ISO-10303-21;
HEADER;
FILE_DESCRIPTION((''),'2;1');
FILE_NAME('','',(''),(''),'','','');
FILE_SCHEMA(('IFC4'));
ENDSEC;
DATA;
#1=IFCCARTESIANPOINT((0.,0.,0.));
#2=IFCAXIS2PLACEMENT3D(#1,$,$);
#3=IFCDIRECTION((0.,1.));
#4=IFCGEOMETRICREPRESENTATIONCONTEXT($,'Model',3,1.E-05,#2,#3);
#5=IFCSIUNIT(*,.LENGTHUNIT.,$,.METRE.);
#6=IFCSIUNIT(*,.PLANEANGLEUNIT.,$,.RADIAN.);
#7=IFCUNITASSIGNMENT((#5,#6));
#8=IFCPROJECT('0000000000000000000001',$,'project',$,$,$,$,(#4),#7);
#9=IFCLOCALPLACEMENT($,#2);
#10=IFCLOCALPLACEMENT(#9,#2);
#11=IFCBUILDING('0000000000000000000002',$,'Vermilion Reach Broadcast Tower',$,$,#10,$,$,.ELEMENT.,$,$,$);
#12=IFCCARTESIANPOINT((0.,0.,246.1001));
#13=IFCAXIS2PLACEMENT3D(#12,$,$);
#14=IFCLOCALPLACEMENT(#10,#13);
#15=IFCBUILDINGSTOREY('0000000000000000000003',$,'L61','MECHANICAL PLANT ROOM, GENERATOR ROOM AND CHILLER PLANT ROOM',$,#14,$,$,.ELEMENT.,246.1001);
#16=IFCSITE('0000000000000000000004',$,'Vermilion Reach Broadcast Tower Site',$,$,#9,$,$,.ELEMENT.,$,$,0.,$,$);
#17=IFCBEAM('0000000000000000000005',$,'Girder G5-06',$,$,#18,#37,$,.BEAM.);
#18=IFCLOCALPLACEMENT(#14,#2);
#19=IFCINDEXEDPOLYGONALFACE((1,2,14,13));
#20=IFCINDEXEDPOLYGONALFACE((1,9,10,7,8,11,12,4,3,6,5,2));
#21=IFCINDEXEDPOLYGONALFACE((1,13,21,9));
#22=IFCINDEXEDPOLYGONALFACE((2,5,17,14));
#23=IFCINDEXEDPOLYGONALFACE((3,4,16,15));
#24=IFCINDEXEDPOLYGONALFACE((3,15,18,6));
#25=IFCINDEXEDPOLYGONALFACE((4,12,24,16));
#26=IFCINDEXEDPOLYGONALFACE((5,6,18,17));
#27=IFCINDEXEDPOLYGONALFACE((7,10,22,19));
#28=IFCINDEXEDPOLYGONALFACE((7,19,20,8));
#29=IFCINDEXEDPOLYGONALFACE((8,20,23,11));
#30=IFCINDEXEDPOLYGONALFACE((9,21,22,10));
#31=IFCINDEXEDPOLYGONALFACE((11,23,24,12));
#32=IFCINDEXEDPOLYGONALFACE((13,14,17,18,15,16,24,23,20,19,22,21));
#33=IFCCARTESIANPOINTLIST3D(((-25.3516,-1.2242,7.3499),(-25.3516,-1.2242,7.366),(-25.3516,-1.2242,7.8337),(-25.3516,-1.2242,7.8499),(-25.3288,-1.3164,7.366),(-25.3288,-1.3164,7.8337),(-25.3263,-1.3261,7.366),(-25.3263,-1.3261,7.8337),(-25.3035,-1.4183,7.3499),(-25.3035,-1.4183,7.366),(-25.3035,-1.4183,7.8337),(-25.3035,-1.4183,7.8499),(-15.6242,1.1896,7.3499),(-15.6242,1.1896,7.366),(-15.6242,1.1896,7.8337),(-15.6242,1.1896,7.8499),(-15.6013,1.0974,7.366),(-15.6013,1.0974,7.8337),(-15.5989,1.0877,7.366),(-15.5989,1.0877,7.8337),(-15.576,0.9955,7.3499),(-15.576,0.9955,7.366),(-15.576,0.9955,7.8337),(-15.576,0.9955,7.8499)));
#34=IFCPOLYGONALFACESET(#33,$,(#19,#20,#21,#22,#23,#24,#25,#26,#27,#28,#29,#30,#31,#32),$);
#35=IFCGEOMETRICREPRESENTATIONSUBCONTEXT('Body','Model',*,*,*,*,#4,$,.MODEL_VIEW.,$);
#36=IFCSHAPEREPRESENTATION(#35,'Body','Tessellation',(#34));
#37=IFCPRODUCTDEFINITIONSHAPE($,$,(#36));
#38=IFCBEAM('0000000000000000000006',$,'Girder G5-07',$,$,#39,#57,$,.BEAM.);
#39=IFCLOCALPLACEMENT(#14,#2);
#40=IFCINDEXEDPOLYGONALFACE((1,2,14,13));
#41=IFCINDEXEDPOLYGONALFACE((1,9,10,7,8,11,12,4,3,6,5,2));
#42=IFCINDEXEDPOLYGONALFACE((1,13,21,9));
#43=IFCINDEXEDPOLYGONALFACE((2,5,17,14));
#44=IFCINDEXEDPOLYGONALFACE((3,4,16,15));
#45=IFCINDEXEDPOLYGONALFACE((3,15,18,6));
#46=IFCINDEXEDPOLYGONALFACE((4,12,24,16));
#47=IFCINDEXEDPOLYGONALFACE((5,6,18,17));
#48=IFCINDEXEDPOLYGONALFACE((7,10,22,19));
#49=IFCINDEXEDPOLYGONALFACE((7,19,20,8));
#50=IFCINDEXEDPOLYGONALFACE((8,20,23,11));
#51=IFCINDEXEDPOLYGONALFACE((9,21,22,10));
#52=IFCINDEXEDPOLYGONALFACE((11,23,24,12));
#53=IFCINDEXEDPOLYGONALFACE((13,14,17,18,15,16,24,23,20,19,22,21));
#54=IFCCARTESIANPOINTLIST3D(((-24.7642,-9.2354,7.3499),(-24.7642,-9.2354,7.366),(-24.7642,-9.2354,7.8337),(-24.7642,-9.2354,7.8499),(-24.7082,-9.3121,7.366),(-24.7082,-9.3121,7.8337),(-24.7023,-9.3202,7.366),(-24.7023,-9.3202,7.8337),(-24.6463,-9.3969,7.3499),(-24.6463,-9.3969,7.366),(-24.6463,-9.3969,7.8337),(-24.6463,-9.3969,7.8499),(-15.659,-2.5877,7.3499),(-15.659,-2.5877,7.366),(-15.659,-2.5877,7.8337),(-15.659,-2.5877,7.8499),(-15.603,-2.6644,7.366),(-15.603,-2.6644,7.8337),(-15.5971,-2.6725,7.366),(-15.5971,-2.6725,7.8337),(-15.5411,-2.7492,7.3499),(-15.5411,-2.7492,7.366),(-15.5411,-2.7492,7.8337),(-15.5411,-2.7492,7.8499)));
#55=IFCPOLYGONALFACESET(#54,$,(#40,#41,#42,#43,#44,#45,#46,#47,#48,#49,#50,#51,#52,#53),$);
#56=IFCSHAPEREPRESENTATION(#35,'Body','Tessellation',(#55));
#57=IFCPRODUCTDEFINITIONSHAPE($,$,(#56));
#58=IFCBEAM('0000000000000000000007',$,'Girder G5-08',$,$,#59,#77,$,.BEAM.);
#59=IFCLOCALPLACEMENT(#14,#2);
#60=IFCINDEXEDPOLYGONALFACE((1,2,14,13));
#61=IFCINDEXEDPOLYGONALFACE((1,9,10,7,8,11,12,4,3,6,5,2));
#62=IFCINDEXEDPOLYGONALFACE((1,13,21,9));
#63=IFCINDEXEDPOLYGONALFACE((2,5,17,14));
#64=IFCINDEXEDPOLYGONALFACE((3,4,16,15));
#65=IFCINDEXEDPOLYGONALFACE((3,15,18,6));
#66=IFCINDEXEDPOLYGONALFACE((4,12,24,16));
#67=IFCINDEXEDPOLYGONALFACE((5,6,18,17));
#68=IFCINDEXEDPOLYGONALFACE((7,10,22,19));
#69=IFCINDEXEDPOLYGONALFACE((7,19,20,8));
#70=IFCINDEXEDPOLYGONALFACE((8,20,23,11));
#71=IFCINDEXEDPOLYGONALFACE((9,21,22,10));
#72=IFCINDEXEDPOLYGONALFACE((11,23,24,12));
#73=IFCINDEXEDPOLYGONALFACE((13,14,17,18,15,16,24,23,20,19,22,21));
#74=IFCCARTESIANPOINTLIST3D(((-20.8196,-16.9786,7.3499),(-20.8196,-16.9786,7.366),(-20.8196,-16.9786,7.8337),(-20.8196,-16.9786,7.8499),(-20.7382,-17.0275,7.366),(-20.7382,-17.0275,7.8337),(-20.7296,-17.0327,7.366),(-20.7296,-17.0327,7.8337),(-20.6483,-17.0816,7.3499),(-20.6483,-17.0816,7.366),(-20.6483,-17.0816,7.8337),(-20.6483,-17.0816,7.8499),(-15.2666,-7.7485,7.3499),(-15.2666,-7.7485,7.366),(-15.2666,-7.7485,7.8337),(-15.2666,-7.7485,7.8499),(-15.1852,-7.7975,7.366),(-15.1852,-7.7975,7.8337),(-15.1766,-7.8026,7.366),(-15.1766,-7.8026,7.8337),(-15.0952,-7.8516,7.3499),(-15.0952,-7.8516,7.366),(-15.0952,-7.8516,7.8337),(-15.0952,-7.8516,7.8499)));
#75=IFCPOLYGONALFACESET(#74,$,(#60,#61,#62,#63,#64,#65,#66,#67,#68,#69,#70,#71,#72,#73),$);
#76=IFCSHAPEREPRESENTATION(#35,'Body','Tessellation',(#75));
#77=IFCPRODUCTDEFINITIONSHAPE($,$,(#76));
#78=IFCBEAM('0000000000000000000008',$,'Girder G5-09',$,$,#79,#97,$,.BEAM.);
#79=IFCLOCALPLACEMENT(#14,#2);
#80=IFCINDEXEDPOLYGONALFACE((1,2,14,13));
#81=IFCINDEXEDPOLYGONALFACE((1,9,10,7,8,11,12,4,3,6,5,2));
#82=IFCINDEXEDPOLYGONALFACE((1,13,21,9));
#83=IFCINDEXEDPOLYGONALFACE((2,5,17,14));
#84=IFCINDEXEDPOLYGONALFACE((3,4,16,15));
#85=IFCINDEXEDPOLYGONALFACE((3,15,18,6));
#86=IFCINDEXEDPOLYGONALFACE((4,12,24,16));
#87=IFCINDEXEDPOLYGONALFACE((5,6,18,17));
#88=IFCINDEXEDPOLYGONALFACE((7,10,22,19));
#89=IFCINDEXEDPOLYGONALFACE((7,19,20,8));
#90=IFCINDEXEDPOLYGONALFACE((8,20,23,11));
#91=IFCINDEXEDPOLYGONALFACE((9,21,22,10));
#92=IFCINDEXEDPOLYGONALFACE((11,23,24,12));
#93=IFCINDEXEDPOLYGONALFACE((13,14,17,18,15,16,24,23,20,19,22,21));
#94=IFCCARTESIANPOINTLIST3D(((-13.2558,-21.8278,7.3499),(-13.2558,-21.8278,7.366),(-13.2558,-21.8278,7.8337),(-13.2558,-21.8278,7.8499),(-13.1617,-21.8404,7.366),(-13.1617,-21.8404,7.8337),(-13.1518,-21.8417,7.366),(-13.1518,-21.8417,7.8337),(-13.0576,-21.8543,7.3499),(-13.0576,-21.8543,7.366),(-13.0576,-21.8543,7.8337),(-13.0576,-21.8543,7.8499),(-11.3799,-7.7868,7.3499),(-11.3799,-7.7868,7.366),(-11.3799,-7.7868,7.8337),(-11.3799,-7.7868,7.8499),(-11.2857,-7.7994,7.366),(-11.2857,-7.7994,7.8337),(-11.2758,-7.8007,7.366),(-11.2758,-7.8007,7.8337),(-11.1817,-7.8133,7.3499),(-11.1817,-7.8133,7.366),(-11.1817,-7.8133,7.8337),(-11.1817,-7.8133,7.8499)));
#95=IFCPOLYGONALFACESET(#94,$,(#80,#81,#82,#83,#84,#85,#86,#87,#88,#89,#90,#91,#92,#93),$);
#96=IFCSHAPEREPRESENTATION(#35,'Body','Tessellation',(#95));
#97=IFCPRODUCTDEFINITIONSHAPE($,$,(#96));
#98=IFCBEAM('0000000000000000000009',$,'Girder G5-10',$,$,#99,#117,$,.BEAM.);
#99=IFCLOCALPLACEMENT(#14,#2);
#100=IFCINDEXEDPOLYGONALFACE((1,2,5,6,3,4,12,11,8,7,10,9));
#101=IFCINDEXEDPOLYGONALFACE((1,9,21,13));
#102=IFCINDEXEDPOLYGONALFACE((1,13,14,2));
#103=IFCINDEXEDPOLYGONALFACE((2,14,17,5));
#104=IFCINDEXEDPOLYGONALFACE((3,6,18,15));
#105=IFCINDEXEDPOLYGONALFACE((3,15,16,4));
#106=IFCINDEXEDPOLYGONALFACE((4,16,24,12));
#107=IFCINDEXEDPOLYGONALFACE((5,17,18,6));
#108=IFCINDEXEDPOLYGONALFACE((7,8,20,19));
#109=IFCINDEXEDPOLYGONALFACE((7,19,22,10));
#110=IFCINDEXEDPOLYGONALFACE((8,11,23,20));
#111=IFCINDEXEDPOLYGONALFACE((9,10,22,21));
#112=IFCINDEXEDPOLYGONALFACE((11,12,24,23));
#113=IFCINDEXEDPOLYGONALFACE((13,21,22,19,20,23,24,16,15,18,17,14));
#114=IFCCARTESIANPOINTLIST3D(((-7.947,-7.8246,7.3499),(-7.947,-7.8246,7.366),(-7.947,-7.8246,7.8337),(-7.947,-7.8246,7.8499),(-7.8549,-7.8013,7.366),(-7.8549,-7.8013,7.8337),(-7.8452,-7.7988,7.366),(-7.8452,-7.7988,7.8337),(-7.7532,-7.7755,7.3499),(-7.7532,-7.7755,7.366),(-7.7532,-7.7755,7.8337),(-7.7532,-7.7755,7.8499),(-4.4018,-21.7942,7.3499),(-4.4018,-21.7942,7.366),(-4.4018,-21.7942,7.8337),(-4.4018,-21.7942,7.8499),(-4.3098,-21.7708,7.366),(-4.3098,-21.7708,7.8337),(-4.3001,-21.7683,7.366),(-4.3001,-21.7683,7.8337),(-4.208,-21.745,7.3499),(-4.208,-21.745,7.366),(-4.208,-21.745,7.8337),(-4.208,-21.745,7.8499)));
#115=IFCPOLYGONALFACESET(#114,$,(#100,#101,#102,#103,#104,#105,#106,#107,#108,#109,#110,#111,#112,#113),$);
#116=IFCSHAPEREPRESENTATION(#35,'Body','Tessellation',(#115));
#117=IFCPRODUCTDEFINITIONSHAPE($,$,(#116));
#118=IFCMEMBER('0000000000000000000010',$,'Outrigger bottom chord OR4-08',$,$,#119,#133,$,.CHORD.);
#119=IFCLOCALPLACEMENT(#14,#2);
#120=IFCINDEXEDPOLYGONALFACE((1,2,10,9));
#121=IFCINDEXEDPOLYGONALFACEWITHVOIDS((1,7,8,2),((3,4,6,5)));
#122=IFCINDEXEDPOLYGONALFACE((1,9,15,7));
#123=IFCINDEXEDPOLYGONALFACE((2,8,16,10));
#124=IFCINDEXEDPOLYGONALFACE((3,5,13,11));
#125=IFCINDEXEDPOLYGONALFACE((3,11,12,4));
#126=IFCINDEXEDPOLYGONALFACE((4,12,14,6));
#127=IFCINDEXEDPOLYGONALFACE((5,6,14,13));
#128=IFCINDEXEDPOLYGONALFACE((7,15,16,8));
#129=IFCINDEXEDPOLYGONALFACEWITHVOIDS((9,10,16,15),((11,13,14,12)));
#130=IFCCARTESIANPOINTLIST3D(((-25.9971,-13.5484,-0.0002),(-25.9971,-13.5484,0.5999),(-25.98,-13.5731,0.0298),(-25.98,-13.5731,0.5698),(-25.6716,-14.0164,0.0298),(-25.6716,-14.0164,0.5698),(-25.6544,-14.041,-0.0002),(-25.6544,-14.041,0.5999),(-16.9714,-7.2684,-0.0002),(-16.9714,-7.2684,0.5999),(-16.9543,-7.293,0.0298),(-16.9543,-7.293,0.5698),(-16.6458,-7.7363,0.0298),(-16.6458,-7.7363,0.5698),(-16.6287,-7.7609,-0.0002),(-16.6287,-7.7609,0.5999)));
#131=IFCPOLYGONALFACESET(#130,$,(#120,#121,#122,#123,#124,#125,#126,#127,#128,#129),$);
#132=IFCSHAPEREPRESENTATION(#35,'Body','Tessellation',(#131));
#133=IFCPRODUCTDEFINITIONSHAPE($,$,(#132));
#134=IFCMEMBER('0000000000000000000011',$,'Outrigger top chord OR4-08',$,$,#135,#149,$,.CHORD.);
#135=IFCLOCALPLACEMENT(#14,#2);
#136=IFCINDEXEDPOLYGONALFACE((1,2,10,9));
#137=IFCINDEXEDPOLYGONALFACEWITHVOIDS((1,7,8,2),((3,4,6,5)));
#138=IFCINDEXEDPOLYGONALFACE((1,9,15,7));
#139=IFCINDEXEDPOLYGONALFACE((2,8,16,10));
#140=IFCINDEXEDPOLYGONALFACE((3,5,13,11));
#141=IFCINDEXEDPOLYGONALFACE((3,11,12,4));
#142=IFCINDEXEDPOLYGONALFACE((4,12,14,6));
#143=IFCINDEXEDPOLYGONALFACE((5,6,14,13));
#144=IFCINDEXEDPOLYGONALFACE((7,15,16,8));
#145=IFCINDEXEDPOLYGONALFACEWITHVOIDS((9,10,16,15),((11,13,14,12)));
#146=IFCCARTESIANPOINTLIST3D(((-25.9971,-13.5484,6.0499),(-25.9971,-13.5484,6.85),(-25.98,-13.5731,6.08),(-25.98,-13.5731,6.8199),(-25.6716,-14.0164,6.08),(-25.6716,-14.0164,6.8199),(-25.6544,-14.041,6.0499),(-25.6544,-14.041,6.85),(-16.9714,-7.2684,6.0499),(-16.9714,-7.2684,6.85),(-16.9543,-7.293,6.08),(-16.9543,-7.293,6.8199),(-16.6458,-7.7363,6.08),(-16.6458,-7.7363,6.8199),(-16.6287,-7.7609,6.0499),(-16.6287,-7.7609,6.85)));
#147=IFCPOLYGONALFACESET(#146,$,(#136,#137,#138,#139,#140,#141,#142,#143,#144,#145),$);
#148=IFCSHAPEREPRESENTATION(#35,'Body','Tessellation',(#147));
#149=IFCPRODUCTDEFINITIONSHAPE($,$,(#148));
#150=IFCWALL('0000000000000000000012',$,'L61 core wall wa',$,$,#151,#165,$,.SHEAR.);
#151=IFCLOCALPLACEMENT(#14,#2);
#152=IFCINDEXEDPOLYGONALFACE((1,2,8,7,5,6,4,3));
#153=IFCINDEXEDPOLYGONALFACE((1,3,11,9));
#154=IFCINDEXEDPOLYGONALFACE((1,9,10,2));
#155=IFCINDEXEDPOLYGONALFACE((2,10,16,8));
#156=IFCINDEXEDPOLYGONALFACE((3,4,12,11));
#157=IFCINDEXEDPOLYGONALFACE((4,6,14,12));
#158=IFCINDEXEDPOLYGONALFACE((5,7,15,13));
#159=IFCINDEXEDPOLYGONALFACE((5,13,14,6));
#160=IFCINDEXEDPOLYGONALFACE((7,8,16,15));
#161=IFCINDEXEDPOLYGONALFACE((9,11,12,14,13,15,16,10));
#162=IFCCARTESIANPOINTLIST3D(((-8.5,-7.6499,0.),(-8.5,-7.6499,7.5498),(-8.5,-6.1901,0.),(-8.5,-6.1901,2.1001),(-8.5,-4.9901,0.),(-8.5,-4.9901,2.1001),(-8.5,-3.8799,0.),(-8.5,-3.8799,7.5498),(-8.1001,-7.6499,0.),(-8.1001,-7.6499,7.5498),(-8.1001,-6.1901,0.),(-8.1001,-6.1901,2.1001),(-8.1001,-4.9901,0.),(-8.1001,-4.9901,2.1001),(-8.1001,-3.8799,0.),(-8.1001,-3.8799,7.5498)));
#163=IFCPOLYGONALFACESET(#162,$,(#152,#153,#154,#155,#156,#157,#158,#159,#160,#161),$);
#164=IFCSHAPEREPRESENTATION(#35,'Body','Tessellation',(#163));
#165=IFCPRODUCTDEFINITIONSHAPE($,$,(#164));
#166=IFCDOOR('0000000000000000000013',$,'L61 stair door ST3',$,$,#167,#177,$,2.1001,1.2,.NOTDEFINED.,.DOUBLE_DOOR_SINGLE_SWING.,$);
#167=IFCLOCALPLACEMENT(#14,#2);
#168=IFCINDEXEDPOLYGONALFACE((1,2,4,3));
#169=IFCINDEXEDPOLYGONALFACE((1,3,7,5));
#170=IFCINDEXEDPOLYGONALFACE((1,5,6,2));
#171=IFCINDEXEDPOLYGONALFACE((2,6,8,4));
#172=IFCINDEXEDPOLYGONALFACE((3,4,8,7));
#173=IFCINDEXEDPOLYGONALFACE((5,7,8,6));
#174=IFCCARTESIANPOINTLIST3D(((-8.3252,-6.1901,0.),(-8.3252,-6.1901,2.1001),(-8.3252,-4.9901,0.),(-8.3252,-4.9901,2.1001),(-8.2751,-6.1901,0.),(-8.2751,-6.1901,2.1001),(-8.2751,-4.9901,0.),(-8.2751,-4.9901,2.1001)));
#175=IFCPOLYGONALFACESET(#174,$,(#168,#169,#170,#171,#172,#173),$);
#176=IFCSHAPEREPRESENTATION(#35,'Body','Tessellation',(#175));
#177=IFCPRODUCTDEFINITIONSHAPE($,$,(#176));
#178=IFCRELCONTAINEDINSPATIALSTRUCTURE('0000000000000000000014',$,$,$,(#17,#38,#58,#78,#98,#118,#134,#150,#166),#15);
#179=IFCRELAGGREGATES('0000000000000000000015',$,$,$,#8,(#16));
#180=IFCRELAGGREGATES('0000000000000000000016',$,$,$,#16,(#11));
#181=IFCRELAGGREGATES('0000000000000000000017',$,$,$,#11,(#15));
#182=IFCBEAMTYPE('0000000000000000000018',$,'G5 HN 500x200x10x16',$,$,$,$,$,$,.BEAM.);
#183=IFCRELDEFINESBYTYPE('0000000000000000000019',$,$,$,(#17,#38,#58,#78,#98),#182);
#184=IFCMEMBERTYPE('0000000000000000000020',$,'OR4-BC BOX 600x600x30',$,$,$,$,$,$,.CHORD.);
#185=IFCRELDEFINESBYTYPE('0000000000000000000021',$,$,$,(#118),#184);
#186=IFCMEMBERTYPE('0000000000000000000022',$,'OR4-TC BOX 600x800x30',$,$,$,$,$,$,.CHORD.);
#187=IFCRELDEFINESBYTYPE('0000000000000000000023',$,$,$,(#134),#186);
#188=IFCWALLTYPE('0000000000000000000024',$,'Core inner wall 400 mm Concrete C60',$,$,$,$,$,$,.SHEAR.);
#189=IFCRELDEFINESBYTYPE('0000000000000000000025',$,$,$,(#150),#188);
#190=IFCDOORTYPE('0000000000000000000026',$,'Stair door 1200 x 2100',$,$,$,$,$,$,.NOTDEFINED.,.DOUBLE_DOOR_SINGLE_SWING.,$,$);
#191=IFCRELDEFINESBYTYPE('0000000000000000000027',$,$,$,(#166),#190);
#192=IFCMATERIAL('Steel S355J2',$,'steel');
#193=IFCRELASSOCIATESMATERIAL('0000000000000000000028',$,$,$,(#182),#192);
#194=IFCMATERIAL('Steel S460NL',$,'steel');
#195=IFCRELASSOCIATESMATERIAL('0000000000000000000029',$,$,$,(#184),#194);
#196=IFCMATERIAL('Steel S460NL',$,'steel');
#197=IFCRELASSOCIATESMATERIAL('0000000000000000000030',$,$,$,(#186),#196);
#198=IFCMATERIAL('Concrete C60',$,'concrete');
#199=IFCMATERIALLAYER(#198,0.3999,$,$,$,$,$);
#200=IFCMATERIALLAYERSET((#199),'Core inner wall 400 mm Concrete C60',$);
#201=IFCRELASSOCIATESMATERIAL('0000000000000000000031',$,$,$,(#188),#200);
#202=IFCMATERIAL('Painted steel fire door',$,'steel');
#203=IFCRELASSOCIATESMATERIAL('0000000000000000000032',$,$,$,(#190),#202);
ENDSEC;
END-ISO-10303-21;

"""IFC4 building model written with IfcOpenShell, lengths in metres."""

from ifc_helpers import new_model, si_unit, direction, frame, frame_2d, origin, origin_2d, place, context, subcontext, project, spatial, rectangle, hollow_rectangle, i_section, extrude, material, layer, layer_set, material_profile, profile_set, type_object, element, fill, save


model = new_model("IFC4")

# Units and contexts
model_context = context("Model", 3, precision=1e-05, world=origin(), true_north=direction((0.0, 1.0)))
body_context = subcontext(model_context, "Body", "Model", "MODEL_VIEW")
ifc_project = project(units=[si_unit("LENGTHUNIT", "METRE"), si_unit("PLANEANGLEUNIT", "RADIAN")], contexts=[model_context])

# Site, building, storey
site_placement = place(None, origin())
site = spatial("IfcSite", under=ifc_project, at=site_placement, Name="Vermilion Reach Broadcast Tower Site", CompositionType="ELEMENT", RefElevation=0.0)
building_placement = place(site_placement, origin())
building = spatial("IfcBuilding", under=site, at=building_placement, Name="Vermilion Reach Broadcast Tower", CompositionType="ELEMENT")
storey_placement = place(building_placement, frame((0.0, 0.0, 246.1001)))
storey = spatial("IfcBuildingStorey", under=building, at=storey_placement, Name="L61", Description="MECHANICAL PLANT ROOM, GENERATOR ROOM AND CHILLER PLANT ROOM", CompositionType="ELEMENT", Elevation=246.1001)

# Beams
ifc_material_1 = material(Name="Steel S355J2", Category="steel")
ifc_material_profile_1 = material_profile(ifc_material_1, i_section(OverallWidth=0.2, OverallDepth=0.5, WebThickness=0.01, FlangeThickness=0.0161, at=origin_2d()), Name="S355J2 HN 500x200x10x16")
ifc_profile_set_1 = profile_set([ifc_material_profile_1], Name="Steel S355J2")
beam_type = type_object("IfcBeamType", Name="G5 HN 500x200x10x16", PredefinedType="BEAM", material=ifc_profile_set_1)
beam_1_placement = place(storey_placement, frame((-15.6001, 1.0925, 7.5999), z_axis=(-0.970565, -0.240839, 0.0), x_axis=(0.240839, -0.970565, 0.0)))
element("IfcBeam", 1, at=beam_1_placement, inside=storey, type_object=beam_type, Name="Girder G5-06", PredefinedType="BEAM", context=body_context, shape_type="SweptSolid", body=[
    extrude(i_section(OverallWidth=0.2, OverallDepth=0.5, WebThickness=0.01, FlangeThickness=0.0161, at=origin_2d()), origin(), (0.0, 0.0, 1.0), 10.0225),
])
beam_2_placement = place(storey_placement, frame((-15.6001, -2.6685, 7.5999), z_axis=(-0.807649, -0.589663, 0.0), x_axis=(0.589663, -0.807649, 0.0)))
element("IfcBeam", 2, at=beam_2_placement, inside=storey, type_object=beam_type, Name="Girder G5-07", PredefinedType="BEAM", context=body_context, shape_type="SweptSolid", body=[
    extrude(i_section(OverallWidth=0.2, OverallDepth=0.5, WebThickness=0.01, FlangeThickness=0.0161, at=origin_2d()), origin(), (0.0, 0.0, 1.0), 11.2737),
])
beam_3_placement = place(storey_placement, frame((-15.1809, -7.8, 7.5999), z_axis=(-0.515519, -0.856878, 0.0), x_axis=(0.856878, -0.515519, 0.0)))
element("IfcBeam", 3, at=beam_3_placement, inside=storey, type_object=beam_type, Name="Girder G5-08", PredefinedType="BEAM", context=body_context, shape_type="SweptSolid", body=[
    extrude(i_section(OverallWidth=0.2, OverallDepth=0.5, WebThickness=0.01, FlangeThickness=0.0161, at=origin_2d()), origin(), (0.0, 0.0, 1.0), 10.7717),
])
beam_4_placement = place(storey_placement, frame((-11.2808, -7.8, 7.5999), z_axis=(-0.13243, -0.991192, 0.0), x_axis=(0.991192, -0.13243, 0.0)))
element("IfcBeam", 4, at=beam_4_placement, inside=storey, type_object=beam_type, Name="Girder G5-09", PredefinedType="BEAM", context=body_context, shape_type="SweptSolid", body=[
    extrude(i_section(OverallWidth=0.2, OverallDepth=0.5, WebThickness=0.01, FlangeThickness=0.0161, at=origin_2d()), origin(), (0.0, 0.0, 1.0), 14.1658),
])
beam_5_placement = place(storey_placement, frame((-7.8501, -7.8, 7.5999), z_axis=(0.245982, -0.969274, 0.0), x_axis=(0.969274, 0.245982, 0.0)))
element("IfcBeam", 5, at=beam_5_placement, inside=storey, type_object=beam_type, Name="Girder G5-10", PredefinedType="BEAM", context=body_context, shape_type="SweptSolid", body=[
    extrude(i_section(OverallWidth=0.2, OverallDepth=0.5, WebThickness=0.01, FlangeThickness=0.0161, at=origin_2d()), origin(), (0.0, 0.0, 1.0), 14.4124),
])

# Members
ifc_material_2 = material(Name="Steel S460NL", Category="steel")
ifc_material_profile_2 = material_profile(ifc_material_2, hollow_rectangle(XDim=0.6001, YDim=0.6001, WallThickness=0.03, at=origin_2d()), Name="S460NL BOX 600x600x30")
ifc_profile_set_2 = profile_set([ifc_material_profile_2], Name="Steel S460NL")
member_type_1 = type_object("IfcMemberType", Name="OR4-BC BOX 600x600x30", PredefinedType="CHORD", material=ifc_profile_set_2)
member_1_placement = place(storey_placement, frame((-16.8, -7.5146, 0.2998), z_axis=(-0.820849, -0.571146, 0.0), x_axis=(0.571146, -0.820849, 0.0)))
element("IfcMember", 6, at=member_1_placement, inside=storey, type_object=member_type_1, Name="Outrigger bottom chord OR4-08", PredefinedType="CHORD", context=body_context, shape_type="SweptSolid", body=[
    extrude(hollow_rectangle(XDim=0.6001, YDim=0.6001, WallThickness=0.03, at=origin_2d()), origin(), (0.0, 0.0, 1.0), 10.9956),
])
ifc_material_3 = material(Name="Steel S460NL", Category="steel")
ifc_material_profile_3 = material_profile(ifc_material_3, hollow_rectangle(XDim=0.6001, YDim=0.8, WallThickness=0.03, at=origin_2d()), Name="S460NL BOX 600x800x30")
ifc_profile_set_3 = profile_set([ifc_material_profile_3], Name="Steel S460NL")
member_type_2 = type_object("IfcMemberType", Name="OR4-TC BOX 600x800x30", PredefinedType="CHORD", material=ifc_profile_set_3)
member_2_placement = place(storey_placement, frame((-16.8, -7.5146, 6.45), z_axis=(-0.820849, -0.571146, 0.0), x_axis=(0.571146, -0.820849, 0.0)))
element("IfcMember", 7, at=member_2_placement, inside=storey, type_object=member_type_2, Name="Outrigger top chord OR4-08", PredefinedType="CHORD", context=body_context, shape_type="SweptSolid", body=[
    extrude(hollow_rectangle(XDim=0.6001, YDim=0.8, WallThickness=0.03, at=origin_2d()), origin(), (0.0, 0.0, 1.0), 10.9956),
])

# Wall, opening, door
ifc_material_4 = material(Name="Concrete C60", Category="concrete")
ifc_layer_1 = layer(ifc_material_4, 0.3999)
ifc_layer_set_1 = layer_set([ifc_layer_1], Name="Core inner wall 400 mm Concrete C60")
wall_type_1 = type_object("IfcWallType", Name="Core inner wall 400 mm Concrete C60", PredefinedType="SHEAR", material=ifc_layer_set_1)
wall_1_placement = place(storey_placement, frame((-8.3, -3.8799, 0.0), z_axis=(0.0, 0.0, 1.0), x_axis=(0.0, -1.0, 0.0)))
wall_1 = element("IfcWall", 8, at=wall_1_placement, inside=storey, type_object=wall_type_1, Name="L61 core wall wa", PredefinedType="SHEAR", context=body_context, shape_type="SweptSolid", body=[
    extrude(rectangle(XDim=3.77, YDim=0.3999, at=frame_2d((1.885, 0.0))), origin(), (0.0, 0.0, 1.0), 7.5498),
])
opening_1_placement = place(wall_1_placement, frame((1.1101, 0.0, 0.0)))
opening_1 = element("IfcOpeningElement", 9, at=opening_1_placement, cuts=wall_1, PredefinedType="OPENING", context=body_context, shape_type="SweptSolid", body=[
    extrude(rectangle(XDim=1.2, YDim=2.1001, at=frame_2d((0.6001, 1.05))), frame((0.0, 0.21, 0.0), z_axis=(0.0, -1.0, 0.0), x_axis=(1.0, 0.0, 0.0)), (0.0, 0.0, 1.0), 0.4199),
])
ifc_material_5 = material(Name="Painted steel fire door", Category="steel")
door_type_1 = type_object("IfcDoorType", Name="Stair door 1200 x 2100", OperationType="DOUBLE_DOOR_SINGLE_SWING", PredefinedType="NOTDEFINED", material=ifc_material_5)
door_1_placement = place(opening_1_placement, origin())
door_1 = element("IfcDoor", 10, at=door_1_placement, inside=storey, type_object=door_type_1, Name="L61 stair door ST3", OperationType="DOUBLE_DOOR_SINGLE_SWING", OverallHeight=2.1001, OverallWidth=1.2, PredefinedType="NOTDEFINED", context=body_context, shape_type="SweptSolid", body=[
    extrude(rectangle(XDim=1.2, YDim=2.1001, at=frame_2d((0.6001, 1.05))), frame((0.0, 0.0249, 0.0), z_axis=(0.0, -1.0, 0.0), x_axis=(1.0, 0.0, 0.0)), (0.0, 0.0, 1.0), 0.05),
])
fill(opening_1, door_1)

save(model, "model.ifc")
